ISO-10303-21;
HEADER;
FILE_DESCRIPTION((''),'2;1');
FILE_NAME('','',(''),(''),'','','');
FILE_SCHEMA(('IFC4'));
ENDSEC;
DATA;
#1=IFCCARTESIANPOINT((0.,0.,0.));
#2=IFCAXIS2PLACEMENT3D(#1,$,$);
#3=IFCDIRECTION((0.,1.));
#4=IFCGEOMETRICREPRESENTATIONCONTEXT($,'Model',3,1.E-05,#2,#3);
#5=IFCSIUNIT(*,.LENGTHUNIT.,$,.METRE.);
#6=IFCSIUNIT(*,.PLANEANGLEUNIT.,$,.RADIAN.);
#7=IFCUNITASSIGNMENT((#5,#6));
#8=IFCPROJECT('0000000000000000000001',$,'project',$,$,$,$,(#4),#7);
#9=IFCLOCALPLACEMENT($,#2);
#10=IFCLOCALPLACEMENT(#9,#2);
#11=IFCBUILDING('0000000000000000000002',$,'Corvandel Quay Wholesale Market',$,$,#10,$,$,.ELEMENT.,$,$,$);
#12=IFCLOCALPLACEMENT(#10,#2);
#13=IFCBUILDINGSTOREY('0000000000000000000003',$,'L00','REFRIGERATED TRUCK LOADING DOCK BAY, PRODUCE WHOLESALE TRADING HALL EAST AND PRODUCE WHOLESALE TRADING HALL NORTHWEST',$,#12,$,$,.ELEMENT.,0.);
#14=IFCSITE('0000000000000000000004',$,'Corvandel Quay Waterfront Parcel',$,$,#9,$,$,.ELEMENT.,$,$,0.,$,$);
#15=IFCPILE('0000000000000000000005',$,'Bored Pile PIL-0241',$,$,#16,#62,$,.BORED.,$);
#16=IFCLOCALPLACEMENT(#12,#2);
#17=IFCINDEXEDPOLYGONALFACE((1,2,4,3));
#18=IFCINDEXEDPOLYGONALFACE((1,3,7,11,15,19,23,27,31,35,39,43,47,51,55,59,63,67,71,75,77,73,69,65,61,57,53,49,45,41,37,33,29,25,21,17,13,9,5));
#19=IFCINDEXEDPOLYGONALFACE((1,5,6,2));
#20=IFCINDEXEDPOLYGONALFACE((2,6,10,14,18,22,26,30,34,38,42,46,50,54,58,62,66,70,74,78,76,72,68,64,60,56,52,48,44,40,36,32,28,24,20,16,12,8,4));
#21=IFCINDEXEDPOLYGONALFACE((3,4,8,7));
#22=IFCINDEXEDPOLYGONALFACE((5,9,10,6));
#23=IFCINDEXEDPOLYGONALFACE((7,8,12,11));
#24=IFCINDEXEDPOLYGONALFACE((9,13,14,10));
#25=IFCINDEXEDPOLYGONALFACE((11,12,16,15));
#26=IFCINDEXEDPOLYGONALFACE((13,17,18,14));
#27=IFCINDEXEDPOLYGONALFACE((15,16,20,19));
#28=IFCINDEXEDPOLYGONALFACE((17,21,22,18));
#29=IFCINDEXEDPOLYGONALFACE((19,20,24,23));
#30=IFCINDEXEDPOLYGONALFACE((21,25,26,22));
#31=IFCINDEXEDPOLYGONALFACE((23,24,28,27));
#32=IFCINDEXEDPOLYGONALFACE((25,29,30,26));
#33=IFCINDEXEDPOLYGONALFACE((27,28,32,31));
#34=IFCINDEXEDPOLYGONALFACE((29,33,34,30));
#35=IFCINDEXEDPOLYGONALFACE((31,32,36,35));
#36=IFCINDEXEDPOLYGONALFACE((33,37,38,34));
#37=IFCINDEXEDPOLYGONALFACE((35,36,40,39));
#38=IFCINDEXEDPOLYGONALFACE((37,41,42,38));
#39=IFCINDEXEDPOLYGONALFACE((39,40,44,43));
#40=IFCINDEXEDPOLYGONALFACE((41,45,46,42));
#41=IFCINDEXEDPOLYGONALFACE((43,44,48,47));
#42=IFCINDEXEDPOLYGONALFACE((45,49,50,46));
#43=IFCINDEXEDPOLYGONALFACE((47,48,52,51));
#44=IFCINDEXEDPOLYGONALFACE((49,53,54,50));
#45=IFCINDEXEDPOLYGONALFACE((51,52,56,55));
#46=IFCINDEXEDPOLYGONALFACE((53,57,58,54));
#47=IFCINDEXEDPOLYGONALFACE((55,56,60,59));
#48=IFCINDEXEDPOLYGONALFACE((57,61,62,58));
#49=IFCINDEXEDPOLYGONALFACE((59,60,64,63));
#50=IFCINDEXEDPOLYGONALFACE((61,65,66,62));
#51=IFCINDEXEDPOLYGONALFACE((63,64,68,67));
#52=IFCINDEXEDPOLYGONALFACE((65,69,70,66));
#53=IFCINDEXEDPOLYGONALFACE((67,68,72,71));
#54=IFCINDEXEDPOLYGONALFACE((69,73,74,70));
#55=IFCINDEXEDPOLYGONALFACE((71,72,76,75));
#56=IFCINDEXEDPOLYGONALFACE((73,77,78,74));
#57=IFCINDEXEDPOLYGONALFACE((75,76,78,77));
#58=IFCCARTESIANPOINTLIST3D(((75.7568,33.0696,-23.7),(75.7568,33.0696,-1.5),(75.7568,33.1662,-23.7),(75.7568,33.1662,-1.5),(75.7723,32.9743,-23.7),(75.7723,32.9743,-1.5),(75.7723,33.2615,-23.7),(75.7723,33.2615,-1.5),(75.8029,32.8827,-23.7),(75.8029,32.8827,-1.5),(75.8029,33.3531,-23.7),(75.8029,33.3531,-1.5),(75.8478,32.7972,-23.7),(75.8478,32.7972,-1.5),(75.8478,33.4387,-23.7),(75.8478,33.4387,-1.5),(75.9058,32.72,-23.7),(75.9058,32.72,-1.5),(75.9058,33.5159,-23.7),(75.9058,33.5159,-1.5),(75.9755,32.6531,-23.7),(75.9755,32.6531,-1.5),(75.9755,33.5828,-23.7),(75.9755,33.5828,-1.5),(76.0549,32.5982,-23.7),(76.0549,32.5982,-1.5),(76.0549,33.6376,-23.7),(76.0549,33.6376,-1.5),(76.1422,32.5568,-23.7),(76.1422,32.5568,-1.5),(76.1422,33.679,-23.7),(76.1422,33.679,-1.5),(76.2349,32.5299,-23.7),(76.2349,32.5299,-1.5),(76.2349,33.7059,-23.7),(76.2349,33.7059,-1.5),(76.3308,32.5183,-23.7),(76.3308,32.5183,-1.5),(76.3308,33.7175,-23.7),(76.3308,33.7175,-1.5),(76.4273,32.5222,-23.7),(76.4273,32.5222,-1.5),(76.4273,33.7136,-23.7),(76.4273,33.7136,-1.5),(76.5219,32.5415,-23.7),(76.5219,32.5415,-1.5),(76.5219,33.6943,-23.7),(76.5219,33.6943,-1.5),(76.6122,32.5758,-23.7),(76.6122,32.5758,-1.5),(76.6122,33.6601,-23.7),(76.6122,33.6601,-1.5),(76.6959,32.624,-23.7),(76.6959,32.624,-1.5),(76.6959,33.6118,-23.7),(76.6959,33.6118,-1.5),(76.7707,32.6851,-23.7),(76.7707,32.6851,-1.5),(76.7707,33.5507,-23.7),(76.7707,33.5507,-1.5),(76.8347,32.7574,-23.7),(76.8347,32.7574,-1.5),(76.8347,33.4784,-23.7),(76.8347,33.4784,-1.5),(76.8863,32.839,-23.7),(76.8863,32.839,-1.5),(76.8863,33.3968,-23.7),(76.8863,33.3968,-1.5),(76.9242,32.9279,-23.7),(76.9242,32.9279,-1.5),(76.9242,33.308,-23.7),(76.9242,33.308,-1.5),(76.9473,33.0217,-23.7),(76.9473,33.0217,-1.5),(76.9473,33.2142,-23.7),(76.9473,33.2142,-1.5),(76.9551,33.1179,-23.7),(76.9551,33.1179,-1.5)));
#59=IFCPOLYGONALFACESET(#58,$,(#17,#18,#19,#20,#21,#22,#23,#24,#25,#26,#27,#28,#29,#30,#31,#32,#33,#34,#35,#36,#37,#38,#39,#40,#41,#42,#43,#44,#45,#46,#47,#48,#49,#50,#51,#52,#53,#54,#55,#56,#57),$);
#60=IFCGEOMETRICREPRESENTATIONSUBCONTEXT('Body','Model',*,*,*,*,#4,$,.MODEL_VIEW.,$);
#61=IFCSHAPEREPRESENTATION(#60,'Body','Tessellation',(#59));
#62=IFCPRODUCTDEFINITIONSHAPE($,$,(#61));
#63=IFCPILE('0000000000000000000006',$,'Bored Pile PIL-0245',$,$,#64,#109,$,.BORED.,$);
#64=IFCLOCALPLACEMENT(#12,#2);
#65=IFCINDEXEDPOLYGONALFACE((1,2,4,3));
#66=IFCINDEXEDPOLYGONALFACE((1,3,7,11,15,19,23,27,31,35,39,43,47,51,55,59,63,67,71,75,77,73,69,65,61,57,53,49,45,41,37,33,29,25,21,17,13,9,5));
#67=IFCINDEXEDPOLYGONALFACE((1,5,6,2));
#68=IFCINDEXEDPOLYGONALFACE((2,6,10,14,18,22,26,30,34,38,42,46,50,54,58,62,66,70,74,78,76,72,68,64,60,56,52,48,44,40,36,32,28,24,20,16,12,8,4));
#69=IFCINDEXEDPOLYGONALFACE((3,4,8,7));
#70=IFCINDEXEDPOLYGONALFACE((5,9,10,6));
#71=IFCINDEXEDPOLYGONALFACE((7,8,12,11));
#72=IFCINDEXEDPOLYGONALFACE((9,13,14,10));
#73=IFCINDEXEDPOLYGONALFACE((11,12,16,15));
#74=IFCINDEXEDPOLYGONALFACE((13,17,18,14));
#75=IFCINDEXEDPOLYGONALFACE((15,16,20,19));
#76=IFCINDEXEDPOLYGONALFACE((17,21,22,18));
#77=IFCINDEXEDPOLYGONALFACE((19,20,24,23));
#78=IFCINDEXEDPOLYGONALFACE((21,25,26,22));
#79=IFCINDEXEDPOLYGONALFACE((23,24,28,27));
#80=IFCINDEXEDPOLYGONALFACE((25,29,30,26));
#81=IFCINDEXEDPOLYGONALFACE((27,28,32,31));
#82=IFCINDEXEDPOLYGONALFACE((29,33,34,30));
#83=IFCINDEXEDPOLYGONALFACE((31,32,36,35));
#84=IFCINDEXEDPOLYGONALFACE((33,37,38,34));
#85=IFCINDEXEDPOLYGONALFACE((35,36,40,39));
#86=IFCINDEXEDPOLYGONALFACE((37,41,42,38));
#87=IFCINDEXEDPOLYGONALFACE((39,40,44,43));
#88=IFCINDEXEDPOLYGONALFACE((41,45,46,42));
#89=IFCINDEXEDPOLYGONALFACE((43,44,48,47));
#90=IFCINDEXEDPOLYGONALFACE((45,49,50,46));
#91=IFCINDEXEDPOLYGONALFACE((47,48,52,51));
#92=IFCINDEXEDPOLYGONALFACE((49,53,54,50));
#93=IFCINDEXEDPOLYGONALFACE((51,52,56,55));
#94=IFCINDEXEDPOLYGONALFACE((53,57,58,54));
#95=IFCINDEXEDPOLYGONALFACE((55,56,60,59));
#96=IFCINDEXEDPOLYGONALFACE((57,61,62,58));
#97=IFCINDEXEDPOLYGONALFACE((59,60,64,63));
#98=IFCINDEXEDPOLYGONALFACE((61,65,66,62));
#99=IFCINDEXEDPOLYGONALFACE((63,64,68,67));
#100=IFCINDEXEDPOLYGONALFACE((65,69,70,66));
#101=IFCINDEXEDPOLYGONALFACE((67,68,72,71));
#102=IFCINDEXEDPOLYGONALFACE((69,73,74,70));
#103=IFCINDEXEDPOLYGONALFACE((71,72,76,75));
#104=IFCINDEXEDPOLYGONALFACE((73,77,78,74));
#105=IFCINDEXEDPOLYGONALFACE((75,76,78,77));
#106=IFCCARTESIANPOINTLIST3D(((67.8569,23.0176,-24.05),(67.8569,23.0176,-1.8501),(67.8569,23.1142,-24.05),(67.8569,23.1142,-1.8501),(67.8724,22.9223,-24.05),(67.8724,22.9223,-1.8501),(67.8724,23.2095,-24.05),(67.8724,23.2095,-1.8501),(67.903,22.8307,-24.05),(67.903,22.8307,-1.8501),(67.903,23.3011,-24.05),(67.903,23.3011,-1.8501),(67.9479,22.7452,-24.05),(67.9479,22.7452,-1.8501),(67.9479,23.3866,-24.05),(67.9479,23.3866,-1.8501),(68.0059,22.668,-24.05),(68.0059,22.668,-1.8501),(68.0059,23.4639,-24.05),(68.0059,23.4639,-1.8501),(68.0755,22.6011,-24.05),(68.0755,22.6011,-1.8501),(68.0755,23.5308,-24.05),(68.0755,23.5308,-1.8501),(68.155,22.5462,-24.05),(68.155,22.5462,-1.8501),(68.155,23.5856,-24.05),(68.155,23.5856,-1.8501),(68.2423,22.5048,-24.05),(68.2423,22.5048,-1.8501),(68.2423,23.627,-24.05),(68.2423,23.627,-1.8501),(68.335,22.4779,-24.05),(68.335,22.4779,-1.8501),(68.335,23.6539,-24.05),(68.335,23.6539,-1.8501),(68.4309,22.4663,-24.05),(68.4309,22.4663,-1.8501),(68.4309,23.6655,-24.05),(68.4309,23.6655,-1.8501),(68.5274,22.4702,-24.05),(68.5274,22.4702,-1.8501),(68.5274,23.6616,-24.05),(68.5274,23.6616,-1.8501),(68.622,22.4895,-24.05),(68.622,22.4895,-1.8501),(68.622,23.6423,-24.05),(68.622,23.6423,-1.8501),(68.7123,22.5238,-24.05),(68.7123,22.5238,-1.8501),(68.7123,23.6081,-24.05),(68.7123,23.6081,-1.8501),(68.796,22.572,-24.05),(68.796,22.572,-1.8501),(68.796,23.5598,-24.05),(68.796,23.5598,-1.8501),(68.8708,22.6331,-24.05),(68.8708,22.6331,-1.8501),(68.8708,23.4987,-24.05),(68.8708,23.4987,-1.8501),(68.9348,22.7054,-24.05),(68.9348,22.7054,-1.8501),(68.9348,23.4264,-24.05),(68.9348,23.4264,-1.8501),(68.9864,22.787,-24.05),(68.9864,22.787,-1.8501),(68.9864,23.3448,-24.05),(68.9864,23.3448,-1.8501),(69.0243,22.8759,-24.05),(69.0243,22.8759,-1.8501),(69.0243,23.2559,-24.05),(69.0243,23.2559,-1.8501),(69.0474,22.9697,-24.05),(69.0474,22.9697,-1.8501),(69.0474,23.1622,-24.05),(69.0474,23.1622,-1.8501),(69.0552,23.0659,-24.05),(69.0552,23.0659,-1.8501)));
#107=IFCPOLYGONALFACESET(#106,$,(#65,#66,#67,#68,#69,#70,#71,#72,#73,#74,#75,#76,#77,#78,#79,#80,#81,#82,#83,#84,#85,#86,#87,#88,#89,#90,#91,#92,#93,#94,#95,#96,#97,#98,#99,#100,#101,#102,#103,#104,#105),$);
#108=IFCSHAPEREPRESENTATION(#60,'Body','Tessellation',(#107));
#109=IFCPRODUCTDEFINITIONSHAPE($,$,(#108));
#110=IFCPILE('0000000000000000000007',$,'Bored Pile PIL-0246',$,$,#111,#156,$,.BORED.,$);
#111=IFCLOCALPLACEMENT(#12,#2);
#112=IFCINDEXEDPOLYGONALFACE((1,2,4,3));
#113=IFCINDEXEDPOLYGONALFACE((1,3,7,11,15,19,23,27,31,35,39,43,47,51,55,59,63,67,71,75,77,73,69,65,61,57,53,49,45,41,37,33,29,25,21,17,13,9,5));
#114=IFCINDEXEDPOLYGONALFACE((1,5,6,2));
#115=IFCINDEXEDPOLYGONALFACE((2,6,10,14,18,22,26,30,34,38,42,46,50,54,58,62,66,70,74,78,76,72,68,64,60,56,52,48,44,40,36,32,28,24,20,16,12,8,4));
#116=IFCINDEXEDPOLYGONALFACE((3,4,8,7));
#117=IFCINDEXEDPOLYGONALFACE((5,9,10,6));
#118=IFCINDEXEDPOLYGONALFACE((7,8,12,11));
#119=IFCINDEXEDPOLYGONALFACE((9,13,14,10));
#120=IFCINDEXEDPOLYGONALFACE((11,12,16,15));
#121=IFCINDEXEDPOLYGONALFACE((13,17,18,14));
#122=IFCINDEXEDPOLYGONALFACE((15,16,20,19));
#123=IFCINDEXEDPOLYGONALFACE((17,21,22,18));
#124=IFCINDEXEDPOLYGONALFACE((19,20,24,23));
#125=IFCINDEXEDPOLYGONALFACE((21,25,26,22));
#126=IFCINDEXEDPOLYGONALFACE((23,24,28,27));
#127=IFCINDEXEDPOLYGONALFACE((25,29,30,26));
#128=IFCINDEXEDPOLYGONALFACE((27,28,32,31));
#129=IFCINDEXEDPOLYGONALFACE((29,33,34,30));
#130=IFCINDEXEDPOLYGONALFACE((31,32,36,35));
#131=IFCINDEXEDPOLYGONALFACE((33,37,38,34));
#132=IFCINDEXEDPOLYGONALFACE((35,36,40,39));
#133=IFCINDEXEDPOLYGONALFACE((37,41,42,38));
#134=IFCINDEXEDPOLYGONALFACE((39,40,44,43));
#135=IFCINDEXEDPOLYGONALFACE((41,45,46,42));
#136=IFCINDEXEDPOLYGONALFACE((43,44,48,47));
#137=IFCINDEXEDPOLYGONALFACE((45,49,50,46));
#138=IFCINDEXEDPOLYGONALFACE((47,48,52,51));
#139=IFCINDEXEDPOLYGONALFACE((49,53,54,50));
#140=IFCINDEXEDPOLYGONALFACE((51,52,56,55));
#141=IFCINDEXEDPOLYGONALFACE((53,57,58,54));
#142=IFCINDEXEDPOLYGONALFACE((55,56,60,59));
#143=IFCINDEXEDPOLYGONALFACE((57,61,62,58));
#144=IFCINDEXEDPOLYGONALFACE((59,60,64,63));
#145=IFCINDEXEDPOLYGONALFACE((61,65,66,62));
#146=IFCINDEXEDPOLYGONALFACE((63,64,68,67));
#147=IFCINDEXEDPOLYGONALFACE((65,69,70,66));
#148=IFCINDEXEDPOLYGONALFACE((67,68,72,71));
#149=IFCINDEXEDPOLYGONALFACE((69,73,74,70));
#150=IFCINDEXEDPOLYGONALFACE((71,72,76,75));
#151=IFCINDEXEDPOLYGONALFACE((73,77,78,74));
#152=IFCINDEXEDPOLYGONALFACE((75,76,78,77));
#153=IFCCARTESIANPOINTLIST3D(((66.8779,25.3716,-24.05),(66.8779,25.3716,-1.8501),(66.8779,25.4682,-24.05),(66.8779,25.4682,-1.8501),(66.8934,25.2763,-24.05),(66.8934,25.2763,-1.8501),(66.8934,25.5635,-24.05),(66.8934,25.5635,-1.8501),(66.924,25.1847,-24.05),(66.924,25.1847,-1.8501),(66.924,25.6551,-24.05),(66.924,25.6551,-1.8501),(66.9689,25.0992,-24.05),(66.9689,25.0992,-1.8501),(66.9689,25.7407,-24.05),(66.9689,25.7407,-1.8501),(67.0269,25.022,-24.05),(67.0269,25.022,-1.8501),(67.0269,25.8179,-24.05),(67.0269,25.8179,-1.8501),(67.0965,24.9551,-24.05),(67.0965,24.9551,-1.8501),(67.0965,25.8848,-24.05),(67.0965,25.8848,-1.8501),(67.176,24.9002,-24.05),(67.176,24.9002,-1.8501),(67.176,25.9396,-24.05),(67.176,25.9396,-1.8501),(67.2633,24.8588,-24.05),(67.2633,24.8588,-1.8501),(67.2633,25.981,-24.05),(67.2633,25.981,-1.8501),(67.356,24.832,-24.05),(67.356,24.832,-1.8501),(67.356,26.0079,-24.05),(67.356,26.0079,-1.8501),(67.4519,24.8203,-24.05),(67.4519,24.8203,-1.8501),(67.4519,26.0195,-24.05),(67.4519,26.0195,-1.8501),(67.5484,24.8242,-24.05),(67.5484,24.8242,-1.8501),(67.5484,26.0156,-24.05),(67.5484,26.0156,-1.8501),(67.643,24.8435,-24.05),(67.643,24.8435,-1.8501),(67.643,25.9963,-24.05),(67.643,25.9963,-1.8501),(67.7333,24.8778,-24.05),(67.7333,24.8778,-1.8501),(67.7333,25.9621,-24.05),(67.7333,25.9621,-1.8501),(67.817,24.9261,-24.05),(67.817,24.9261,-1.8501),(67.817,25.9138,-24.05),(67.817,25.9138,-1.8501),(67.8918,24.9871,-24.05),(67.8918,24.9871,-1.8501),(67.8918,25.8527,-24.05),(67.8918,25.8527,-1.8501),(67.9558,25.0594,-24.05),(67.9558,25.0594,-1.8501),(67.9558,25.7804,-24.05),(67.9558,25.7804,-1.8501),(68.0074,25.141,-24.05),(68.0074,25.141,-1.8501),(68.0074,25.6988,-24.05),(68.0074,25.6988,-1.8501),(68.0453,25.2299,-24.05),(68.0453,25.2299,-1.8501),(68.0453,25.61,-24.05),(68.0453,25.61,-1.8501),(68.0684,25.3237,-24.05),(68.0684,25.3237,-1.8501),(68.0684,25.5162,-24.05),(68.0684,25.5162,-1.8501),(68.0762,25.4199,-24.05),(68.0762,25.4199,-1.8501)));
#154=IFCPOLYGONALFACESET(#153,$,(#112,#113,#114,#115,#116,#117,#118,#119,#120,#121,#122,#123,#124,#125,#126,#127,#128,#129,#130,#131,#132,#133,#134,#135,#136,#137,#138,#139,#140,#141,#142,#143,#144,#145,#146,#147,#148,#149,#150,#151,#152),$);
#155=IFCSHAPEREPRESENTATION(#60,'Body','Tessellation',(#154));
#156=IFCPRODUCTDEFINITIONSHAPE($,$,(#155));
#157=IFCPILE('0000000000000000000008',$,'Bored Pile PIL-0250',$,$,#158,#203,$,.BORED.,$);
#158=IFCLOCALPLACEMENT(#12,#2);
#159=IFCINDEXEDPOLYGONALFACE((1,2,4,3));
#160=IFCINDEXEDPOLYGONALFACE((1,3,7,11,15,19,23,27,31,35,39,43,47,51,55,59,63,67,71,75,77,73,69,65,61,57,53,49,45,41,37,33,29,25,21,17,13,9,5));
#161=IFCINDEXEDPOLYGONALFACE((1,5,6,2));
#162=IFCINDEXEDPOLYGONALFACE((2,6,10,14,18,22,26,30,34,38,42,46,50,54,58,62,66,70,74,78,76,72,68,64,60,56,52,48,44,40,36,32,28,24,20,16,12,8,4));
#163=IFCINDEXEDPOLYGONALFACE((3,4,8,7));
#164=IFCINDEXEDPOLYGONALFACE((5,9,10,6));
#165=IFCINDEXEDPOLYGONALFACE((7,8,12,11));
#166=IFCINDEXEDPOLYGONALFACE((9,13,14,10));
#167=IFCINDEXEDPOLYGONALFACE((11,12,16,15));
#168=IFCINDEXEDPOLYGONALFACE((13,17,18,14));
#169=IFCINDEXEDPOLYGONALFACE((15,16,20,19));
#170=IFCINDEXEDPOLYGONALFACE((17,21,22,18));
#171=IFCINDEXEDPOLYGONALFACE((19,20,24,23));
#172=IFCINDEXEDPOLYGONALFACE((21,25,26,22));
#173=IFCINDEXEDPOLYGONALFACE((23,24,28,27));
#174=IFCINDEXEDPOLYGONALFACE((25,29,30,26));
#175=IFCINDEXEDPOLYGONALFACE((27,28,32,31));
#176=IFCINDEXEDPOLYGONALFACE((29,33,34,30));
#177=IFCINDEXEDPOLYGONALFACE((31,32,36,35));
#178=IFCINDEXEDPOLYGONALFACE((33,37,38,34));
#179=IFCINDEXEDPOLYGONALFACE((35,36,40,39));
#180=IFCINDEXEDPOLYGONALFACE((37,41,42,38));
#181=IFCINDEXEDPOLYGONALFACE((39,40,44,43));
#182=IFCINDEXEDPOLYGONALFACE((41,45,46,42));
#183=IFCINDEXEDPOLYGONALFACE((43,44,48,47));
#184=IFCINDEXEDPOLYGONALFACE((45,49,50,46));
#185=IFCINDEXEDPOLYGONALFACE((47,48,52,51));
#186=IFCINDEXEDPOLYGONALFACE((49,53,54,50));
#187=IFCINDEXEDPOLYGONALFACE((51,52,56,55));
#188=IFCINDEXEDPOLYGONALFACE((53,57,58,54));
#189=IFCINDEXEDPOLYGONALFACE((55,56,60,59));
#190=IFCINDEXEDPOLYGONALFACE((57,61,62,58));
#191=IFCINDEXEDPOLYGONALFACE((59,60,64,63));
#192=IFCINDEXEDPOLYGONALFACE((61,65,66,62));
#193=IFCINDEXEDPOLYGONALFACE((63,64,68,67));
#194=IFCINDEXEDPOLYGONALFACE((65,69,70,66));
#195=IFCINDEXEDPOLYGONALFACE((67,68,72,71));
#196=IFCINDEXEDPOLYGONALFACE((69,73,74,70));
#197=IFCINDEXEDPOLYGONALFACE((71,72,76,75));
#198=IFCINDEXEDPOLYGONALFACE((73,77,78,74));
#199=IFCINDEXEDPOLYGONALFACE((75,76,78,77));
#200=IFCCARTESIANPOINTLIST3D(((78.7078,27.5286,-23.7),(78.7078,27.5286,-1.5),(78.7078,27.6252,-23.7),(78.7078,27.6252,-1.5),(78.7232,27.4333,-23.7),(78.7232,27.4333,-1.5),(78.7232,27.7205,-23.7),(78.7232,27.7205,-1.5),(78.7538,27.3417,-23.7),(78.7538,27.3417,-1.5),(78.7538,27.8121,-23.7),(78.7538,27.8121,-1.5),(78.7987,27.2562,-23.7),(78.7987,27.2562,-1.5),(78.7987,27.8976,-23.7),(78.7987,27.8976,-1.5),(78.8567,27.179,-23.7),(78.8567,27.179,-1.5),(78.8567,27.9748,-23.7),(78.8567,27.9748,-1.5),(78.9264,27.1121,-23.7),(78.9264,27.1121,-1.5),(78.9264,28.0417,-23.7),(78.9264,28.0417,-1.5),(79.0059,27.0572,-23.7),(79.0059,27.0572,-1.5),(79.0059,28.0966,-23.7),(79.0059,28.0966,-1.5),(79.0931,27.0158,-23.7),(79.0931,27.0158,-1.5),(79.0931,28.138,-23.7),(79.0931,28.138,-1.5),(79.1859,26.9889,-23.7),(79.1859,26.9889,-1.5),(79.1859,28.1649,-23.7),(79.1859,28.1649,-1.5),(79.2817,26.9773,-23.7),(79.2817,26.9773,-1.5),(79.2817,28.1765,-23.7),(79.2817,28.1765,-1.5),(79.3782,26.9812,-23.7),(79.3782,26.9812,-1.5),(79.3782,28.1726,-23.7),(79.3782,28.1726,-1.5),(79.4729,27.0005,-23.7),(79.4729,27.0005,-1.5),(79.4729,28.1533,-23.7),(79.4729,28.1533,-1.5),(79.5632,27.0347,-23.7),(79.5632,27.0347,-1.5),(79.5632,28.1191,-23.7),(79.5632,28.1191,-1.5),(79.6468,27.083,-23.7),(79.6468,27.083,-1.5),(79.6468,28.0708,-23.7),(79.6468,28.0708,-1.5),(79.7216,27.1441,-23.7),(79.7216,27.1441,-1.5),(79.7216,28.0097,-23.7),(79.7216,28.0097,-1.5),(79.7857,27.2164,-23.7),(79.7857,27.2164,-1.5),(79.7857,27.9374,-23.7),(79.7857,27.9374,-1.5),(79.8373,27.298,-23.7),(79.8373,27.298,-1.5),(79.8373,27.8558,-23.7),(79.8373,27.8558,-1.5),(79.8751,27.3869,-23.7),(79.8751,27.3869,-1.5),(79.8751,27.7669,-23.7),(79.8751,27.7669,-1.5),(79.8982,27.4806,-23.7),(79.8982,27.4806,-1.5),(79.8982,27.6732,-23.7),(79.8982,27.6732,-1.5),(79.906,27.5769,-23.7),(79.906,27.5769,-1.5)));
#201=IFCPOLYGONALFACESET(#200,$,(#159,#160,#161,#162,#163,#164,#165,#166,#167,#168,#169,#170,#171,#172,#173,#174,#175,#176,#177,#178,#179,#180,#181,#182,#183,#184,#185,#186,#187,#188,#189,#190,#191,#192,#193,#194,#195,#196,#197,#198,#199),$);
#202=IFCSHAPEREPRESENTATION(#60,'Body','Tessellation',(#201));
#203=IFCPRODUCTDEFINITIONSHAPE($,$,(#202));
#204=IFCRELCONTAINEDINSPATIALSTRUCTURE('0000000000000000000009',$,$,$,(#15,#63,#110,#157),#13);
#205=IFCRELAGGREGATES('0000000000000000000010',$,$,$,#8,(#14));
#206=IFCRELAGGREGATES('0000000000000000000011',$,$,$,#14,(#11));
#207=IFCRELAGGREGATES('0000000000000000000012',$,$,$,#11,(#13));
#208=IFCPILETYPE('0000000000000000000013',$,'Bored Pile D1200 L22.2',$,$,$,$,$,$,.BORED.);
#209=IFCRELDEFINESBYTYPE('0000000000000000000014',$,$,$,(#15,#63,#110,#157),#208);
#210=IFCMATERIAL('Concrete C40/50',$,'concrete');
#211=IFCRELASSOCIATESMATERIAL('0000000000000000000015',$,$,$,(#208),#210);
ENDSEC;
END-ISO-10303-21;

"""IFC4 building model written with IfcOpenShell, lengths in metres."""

from ifc_helpers import new_model, si_unit, direction, frame, origin, origin_2d, place, context, subcontext, project, spatial, circle, extrude, material, material_profile, profile_set, type_object, element, save


model = new_model("IFC4")

# Units and contexts
model_context = context("Model", 3, precision=1e-05, world=origin(), true_north=direction((0.0, 1.0)))
body_context = subcontext(model_context, "Body", "Model", "MODEL_VIEW")
ifc_project = project(units=[si_unit("LENGTHUNIT", "METRE"), si_unit("PLANEANGLEUNIT", "RADIAN")], contexts=[model_context])

# Site, building, storey
site_placement = place(None, origin())
site = spatial("IfcSite", under=ifc_project, at=site_placement, Name="Corvandel Quay Waterfront Parcel", CompositionType="ELEMENT", RefElevation=0.0)
building_placement = place(site_placement, origin())
building = spatial("IfcBuilding", under=site, at=building_placement, Name="Corvandel Quay Wholesale Market", CompositionType="ELEMENT")
storey_placement = place(building_placement, origin())
storey = spatial("IfcBuildingStorey", under=building, at=storey_placement, Name="L00", Description="REFRIGERATED TRUCK LOADING DOCK BAY, PRODUCE WHOLESALE TRADING HALL EAST AND PRODUCE WHOLESALE TRADING HALL NORTHWEST", CompositionType="ELEMENT", Elevation=0.0)

# Piles
ifc_material_1 = material(Name="Concrete C40/50", Category="concrete")
ifc_material_profile_1 = material_profile(ifc_material_1, circle(Radius=0.6001, at=origin_2d()), Name="RC-PILE-D1200")
ifc_profile_set_1 = profile_set([ifc_material_profile_1], Name="Concrete C40/50")
pile_type_1 = type_object("IfcPileType", Name="Bored Pile D1200 L22.2", PredefinedType="BORED", material=ifc_profile_set_1)
for number, where, z_axis, x_axis, name in (
    (1, (76.355, 33.1179, -1.5), (0.0, 0.0, -1.0), (1.0, 0.0, 0.0), "Bored Pile PIL-0241"),
    (2, (68.4551, 23.0659, -1.8501), (0.0, 0.0, -1.0), (1.0, 0.0, 0.0), "Bored Pile PIL-0245"),
    (3, (67.4761, 25.4199, -1.8501), (0.0, 0.0, -1.0), (1.0, 0.0, 0.0), "Bored Pile PIL-0246"),
    (4, (79.3059, 27.5769, -1.5), (0.0, 0.0, -1.0), (1.0, 0.0, 0.0), "Bored Pile PIL-0250"),
):
    element("IfcPile", number, at=place(storey_placement, frame(where, z_axis=z_axis, x_axis=x_axis)), inside=storey, type_object=pile_type_1, Name=name, PredefinedType="BORED", context=body_context, shape_type="SweptSolid", body=[
        extrude(circle(Radius=0.6001, at=origin_2d()), origin(), (0.0, 0.0, 1.0), 22.2),
    ])

save(model, "model.ifc")
